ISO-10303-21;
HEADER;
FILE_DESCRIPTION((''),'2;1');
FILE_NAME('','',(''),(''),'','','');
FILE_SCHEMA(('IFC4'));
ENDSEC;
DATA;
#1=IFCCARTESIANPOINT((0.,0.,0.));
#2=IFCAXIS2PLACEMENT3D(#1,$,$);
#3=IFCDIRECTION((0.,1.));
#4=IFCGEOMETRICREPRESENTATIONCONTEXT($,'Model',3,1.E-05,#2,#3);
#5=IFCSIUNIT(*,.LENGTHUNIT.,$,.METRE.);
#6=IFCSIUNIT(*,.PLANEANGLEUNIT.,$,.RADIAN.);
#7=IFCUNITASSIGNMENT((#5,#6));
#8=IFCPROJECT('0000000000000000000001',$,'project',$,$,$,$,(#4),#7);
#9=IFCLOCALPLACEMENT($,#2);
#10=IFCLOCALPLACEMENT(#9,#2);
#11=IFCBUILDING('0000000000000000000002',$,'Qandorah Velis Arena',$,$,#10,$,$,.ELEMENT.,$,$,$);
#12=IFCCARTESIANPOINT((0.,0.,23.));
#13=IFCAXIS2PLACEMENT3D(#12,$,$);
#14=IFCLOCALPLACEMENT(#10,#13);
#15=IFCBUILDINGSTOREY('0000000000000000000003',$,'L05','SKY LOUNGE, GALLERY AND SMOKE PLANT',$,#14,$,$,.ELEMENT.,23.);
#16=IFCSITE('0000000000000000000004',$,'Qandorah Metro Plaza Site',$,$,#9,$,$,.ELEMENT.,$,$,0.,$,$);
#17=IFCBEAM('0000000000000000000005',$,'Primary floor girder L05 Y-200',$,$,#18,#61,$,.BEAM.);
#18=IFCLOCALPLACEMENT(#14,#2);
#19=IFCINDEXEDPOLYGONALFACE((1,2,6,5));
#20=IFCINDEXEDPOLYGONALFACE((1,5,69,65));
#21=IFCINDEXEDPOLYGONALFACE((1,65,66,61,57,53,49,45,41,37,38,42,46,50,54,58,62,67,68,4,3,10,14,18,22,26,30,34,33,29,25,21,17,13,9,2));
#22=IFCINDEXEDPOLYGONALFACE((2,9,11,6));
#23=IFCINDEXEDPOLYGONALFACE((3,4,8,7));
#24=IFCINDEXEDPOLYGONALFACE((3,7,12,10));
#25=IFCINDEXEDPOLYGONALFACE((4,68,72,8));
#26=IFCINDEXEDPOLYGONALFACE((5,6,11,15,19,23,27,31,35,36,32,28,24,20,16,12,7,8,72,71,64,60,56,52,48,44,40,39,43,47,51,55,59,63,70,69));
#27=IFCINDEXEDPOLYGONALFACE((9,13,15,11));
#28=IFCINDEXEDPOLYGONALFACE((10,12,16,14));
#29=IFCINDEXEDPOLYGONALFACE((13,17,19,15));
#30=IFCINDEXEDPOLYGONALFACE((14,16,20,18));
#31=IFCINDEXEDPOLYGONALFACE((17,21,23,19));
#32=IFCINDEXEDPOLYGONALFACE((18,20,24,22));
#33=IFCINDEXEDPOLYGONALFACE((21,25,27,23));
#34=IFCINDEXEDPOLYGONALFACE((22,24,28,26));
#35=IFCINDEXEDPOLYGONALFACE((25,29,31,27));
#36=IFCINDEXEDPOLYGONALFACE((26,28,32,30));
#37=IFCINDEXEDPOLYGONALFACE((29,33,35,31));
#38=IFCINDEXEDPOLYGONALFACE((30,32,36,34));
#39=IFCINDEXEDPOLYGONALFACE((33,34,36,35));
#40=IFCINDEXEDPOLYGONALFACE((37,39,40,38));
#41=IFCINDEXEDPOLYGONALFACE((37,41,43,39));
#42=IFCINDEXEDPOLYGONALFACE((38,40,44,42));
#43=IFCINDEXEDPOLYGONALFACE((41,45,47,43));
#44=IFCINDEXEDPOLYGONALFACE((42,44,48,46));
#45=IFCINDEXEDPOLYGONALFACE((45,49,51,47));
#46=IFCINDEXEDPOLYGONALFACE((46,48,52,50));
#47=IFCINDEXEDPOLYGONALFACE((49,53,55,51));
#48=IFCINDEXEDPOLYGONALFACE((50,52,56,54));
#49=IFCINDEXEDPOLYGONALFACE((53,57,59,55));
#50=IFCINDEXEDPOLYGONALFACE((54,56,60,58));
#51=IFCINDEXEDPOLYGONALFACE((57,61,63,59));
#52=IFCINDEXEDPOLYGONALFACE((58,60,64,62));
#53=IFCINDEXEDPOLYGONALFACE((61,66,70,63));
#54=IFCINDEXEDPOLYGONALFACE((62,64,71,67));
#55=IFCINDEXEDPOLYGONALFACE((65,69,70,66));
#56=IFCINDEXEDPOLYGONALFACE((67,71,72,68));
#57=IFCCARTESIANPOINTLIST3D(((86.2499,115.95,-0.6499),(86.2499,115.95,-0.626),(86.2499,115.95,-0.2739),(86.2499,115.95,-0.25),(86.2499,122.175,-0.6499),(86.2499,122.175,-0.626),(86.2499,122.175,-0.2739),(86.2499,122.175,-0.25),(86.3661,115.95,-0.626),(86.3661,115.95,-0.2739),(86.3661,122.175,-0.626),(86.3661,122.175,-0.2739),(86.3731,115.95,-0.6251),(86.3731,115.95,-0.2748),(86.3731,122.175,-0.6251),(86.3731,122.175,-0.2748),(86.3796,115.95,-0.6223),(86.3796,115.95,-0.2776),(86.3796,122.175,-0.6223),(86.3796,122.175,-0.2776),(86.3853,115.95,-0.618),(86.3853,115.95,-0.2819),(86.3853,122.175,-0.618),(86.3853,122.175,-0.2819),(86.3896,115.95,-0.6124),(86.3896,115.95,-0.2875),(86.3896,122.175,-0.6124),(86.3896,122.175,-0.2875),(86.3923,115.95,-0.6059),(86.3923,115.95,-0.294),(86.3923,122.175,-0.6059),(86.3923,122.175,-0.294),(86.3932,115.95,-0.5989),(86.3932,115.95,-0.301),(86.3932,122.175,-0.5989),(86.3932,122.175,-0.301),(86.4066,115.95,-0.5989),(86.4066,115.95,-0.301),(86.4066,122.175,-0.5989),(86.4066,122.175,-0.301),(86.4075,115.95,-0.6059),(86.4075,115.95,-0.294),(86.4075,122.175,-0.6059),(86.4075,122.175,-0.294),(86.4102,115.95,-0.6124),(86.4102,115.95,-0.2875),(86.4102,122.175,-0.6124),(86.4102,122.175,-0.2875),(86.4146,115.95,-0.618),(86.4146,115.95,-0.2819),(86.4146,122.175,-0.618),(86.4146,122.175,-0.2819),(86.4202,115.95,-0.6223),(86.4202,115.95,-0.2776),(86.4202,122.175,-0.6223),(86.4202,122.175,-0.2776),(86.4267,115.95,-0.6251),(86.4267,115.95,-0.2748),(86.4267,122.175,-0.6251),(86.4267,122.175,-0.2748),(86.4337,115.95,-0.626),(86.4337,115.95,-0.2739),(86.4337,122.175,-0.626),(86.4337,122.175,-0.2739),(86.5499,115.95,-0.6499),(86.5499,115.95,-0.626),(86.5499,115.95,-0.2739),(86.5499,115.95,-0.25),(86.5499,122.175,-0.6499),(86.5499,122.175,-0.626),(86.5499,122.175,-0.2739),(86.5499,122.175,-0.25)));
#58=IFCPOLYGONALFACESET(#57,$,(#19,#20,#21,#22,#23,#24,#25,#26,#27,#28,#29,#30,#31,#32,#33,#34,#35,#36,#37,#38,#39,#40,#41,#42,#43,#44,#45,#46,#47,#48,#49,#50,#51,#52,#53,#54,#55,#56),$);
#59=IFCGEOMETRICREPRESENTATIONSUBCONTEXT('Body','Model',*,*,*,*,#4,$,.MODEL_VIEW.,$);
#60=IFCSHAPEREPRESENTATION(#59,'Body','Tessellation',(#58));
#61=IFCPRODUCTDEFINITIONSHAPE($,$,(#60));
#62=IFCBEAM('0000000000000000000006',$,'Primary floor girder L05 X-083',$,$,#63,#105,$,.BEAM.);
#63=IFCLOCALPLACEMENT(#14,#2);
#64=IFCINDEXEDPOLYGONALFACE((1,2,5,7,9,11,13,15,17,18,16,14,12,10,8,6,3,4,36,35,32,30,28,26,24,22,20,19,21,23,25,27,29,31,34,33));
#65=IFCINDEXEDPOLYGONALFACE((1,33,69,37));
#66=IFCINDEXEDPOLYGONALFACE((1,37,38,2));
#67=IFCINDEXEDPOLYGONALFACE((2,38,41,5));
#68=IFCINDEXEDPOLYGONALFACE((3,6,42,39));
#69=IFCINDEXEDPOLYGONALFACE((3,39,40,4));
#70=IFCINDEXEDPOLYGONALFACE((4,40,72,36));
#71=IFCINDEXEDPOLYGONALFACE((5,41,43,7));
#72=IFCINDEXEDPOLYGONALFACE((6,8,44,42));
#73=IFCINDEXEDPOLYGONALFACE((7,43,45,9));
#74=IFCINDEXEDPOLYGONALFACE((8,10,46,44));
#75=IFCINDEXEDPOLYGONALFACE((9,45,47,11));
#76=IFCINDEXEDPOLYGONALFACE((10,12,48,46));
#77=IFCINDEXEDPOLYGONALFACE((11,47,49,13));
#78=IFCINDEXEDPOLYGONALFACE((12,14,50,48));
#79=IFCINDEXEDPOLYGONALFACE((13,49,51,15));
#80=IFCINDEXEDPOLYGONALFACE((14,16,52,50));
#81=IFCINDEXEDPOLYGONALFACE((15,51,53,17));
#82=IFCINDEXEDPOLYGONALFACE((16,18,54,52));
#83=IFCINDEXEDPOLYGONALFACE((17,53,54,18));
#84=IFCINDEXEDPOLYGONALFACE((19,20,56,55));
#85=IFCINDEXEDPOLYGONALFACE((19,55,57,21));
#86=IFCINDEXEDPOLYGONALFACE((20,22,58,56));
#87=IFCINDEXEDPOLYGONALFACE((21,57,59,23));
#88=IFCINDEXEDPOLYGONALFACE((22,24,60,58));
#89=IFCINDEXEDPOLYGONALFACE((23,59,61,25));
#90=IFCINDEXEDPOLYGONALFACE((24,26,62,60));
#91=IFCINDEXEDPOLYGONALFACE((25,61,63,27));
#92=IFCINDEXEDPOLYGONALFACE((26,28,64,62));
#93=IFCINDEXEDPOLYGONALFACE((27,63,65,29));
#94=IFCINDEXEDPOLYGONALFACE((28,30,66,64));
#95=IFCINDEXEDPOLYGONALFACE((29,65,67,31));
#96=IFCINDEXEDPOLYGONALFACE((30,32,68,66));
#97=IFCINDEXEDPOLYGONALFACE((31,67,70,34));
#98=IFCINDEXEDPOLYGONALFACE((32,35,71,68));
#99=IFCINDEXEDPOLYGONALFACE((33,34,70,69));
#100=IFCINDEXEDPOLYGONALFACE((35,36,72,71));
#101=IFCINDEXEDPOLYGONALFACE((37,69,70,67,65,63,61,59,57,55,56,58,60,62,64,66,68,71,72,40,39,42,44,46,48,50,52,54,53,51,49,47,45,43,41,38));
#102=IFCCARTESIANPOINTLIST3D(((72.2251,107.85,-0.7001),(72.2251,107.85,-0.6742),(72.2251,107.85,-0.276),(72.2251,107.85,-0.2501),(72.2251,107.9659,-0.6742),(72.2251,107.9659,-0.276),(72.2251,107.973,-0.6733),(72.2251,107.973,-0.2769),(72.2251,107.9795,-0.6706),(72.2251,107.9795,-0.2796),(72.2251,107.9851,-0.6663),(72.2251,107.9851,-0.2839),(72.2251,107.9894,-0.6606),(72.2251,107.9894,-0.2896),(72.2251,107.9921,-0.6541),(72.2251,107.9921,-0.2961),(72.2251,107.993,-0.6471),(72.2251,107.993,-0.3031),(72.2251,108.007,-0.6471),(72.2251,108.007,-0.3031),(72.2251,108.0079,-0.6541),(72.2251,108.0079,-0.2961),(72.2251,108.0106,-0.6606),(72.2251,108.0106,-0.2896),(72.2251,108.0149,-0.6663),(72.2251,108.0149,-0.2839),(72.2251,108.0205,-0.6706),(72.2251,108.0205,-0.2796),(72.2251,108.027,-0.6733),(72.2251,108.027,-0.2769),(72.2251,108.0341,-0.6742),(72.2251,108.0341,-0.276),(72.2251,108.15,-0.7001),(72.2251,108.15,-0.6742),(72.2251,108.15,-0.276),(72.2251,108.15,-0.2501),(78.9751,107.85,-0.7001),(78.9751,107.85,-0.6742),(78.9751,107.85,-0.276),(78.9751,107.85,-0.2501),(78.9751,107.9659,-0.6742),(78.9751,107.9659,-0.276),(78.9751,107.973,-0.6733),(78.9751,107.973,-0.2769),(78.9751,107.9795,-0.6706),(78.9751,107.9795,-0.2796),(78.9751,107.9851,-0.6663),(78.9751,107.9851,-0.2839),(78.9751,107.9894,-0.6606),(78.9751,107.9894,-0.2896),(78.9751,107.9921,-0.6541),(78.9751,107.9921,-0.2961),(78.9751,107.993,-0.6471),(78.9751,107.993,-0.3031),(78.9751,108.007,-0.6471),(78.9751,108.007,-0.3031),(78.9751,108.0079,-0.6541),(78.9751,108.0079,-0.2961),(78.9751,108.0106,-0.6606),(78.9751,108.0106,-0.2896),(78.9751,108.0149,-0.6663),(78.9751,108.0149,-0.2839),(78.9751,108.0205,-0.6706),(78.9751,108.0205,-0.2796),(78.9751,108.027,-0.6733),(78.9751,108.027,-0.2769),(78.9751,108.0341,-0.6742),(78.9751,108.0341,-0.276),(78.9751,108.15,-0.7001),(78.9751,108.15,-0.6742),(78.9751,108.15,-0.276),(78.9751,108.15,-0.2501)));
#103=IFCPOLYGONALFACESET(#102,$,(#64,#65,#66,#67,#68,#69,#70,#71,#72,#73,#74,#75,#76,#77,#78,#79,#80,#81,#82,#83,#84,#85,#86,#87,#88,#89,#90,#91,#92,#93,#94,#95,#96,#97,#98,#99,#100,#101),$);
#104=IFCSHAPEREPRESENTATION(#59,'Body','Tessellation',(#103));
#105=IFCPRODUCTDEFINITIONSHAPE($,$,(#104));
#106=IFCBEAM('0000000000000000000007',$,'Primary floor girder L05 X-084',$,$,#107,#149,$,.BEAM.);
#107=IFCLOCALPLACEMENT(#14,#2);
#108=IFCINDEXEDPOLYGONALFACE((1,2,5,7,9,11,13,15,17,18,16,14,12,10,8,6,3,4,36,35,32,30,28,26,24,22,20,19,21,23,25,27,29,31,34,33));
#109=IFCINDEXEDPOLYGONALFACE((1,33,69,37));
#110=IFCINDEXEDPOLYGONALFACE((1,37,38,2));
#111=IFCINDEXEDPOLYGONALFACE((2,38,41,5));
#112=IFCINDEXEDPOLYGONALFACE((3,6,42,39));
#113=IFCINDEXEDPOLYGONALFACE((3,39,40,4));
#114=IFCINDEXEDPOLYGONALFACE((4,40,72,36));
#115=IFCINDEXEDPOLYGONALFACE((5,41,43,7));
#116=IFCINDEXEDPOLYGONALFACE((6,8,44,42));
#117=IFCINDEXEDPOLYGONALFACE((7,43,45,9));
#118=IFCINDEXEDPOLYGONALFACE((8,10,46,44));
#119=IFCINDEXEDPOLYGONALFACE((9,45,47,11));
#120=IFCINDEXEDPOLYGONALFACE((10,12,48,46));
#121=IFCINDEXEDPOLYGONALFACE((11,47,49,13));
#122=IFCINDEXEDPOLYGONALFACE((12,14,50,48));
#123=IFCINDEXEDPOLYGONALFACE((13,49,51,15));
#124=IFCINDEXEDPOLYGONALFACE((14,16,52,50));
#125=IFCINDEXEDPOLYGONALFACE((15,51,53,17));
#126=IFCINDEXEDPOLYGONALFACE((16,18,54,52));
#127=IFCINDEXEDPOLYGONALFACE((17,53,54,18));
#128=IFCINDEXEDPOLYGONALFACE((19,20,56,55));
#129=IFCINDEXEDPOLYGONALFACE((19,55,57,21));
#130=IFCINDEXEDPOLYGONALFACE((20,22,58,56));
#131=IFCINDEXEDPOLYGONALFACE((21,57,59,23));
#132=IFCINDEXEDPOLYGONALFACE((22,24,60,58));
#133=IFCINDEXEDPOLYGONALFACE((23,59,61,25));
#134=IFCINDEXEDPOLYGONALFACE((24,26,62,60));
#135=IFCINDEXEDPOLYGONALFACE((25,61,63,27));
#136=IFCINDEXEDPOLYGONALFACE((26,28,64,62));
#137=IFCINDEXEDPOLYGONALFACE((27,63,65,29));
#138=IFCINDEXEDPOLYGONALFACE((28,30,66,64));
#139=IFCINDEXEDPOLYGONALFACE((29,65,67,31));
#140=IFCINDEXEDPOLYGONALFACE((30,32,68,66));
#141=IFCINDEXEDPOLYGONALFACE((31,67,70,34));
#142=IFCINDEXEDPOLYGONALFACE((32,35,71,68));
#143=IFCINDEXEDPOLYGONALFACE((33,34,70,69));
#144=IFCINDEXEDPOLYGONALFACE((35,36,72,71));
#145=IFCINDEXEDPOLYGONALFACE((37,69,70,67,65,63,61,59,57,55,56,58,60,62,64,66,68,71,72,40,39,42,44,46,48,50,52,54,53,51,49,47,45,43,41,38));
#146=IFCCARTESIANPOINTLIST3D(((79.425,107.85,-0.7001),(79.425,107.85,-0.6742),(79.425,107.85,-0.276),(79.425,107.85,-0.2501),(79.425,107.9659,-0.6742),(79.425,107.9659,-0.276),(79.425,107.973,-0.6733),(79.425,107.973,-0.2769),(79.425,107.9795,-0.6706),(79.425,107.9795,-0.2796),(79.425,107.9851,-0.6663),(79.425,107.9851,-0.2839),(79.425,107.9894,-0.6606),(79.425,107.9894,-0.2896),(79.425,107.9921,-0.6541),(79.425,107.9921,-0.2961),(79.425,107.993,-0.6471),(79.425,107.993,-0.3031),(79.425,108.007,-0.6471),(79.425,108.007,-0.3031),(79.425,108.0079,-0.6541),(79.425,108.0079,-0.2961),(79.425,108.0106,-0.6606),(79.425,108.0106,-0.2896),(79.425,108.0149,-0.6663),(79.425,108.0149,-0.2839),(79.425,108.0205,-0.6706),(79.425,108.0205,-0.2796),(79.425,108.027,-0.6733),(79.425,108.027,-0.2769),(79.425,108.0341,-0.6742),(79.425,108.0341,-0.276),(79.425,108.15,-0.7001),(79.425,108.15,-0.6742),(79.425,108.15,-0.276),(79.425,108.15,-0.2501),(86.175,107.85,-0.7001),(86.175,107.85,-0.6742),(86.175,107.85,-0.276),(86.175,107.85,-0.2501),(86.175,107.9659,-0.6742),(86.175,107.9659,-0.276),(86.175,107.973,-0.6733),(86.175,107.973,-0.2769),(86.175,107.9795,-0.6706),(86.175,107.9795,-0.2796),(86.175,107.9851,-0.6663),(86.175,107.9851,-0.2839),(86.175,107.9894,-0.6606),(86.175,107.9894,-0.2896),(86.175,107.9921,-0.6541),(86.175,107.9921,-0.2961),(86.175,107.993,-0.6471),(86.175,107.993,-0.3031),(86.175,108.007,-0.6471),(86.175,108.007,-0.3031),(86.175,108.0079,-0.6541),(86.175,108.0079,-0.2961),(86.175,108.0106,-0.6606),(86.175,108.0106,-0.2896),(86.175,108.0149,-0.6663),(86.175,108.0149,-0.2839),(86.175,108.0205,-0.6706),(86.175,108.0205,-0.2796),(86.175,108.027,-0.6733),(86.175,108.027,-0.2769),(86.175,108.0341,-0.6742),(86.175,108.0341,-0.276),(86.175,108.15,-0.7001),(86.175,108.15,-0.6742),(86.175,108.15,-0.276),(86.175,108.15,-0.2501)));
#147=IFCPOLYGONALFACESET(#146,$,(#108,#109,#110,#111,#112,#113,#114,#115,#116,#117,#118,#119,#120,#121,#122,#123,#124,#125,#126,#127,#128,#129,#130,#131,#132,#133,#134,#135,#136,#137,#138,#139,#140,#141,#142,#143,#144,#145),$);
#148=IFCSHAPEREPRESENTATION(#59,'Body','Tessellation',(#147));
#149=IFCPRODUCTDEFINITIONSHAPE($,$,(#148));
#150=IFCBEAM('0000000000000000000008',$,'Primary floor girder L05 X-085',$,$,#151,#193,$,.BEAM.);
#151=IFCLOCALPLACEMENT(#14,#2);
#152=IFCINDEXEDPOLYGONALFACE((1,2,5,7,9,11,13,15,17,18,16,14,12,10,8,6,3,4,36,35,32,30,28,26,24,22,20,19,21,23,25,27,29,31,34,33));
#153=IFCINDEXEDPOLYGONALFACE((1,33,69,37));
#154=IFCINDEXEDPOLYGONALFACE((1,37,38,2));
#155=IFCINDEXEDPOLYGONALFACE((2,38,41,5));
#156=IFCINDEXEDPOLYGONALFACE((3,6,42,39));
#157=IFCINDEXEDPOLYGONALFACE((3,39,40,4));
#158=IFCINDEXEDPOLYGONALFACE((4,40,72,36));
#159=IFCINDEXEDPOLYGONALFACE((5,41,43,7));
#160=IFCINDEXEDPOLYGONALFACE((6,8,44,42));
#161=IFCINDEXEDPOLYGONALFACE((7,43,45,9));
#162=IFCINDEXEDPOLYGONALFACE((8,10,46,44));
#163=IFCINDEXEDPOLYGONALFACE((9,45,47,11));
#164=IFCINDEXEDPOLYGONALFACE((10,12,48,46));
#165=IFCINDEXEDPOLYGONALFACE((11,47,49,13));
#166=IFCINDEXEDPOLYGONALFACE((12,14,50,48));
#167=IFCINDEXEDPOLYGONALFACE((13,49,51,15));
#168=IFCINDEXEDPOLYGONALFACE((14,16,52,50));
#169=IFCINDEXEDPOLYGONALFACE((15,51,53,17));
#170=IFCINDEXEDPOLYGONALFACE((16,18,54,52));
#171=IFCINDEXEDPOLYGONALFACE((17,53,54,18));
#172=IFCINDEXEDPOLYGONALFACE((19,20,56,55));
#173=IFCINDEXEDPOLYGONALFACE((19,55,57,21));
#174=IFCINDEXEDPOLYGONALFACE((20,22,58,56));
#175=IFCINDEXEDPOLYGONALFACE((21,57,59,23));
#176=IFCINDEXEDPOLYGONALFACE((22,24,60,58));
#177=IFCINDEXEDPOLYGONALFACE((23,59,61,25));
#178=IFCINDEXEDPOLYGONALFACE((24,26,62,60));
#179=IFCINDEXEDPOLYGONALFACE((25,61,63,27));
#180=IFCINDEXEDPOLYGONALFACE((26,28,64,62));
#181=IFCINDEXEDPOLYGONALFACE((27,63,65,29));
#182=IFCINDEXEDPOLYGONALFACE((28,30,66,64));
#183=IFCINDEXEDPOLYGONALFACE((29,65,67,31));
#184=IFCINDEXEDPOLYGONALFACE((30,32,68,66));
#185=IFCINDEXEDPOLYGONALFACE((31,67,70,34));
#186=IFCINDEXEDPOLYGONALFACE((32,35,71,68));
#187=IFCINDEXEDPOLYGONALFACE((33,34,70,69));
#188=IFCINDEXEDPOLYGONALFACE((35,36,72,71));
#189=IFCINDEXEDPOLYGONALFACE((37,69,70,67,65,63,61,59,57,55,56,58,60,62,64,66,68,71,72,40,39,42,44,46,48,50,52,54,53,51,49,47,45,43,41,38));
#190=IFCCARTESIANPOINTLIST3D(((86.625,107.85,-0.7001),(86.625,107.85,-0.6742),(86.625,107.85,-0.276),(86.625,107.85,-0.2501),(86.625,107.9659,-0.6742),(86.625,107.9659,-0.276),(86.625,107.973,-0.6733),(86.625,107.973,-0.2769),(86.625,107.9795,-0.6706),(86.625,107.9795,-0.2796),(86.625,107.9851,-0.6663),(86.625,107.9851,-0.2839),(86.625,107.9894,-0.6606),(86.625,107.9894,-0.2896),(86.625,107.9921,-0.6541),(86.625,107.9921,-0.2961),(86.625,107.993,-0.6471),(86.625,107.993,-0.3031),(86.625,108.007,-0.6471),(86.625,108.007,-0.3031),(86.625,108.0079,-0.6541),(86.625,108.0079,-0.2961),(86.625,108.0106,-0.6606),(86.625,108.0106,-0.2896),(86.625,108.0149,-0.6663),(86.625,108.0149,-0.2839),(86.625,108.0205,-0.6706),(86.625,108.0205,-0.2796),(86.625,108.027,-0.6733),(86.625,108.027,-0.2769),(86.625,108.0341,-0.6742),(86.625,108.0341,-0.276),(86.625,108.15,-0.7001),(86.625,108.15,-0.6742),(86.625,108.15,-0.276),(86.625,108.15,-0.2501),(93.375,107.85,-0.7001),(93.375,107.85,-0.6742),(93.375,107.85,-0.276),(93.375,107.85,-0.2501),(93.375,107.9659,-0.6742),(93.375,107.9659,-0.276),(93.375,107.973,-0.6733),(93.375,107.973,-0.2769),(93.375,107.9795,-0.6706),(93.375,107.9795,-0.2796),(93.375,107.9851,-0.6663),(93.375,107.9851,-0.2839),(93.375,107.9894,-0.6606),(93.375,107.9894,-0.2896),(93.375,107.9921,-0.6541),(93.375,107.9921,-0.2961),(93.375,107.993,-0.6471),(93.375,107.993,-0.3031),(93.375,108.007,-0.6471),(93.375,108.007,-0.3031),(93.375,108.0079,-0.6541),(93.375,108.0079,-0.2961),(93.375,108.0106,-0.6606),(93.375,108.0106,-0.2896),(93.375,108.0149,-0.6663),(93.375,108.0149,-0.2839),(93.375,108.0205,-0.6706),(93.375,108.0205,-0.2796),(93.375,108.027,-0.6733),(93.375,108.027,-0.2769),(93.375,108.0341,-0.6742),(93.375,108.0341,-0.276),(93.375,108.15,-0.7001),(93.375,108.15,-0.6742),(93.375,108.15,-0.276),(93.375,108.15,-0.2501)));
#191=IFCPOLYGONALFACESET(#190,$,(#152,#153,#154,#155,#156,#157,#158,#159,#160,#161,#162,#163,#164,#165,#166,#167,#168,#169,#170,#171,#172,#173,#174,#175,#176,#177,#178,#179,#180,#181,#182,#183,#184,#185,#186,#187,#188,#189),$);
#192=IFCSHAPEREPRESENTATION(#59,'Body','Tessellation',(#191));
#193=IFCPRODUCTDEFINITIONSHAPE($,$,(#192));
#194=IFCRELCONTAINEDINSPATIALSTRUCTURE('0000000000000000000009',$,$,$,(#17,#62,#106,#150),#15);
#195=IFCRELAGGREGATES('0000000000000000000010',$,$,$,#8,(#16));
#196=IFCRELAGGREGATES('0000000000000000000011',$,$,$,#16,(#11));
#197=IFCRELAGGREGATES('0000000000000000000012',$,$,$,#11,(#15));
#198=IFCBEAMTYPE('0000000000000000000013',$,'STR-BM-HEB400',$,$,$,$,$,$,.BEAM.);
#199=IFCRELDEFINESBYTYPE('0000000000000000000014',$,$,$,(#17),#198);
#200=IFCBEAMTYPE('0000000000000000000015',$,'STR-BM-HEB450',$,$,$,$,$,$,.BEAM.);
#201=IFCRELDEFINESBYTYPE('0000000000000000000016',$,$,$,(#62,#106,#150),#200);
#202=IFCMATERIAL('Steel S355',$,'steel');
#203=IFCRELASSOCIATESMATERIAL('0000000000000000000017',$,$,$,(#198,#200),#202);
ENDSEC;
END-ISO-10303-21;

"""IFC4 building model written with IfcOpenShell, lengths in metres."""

from ifc_helpers import new_model, si_unit, direction, frame, origin, origin_2d, place, context, subcontext, project, spatial, i_section, extrude, material, material_profile, profile_set, type_object, element, save


model = new_model("IFC4")

# Units and contexts
model_context = context("Model", 3, precision=1e-05, world=origin(), true_north=direction((0.0, 1.0)))
body_context = subcontext(model_context, "Body", "Model", "MODEL_VIEW")
ifc_project = project(units=[si_unit("LENGTHUNIT", "METRE"), si_unit("PLANEANGLEUNIT", "RADIAN")], contexts=[model_context])

# Site, building, storey
site_placement = place(None, origin())
site = spatial("IfcSite", under=ifc_project, at=site_placement, Name="Qandorah Metro Plaza Site", CompositionType="ELEMENT", RefElevation=0.0)
building_placement = place(site_placement, origin())
building = spatial("IfcBuilding", under=site, at=building_placement, Name="Qandorah Velis Arena", CompositionType="ELEMENT")
storey_placement = place(building_placement, frame((0.0, 0.0, 23.0)))
storey = spatial("IfcBuildingStorey", under=building, at=storey_placement, Name="L05", Description="SKY LOUNGE, GALLERY AND SMOKE PLANT", CompositionType="ELEMENT", Elevation=23.0)

# Beams
ifc_material_1 = material(Name="Steel S355", Category="steel")
ifc_material_profile_1 = material_profile(ifc_material_1, i_section(OverallWidth=0.3, OverallDepth=0.3999, WebThickness=0.0134, FlangeThickness=0.0239, FilletRadius=0.0271, at=origin_2d()), Name="HEB 400")
ifc_profile_set_1 = profile_set([ifc_material_profile_1], Name="Steel S355")
beam_type_1 = type_object("IfcBeamType", Name="STR-BM-HEB400", PredefinedType="BEAM", material=ifc_profile_set_1)
beam_1_placement = place(storey_placement, frame((86.3999, 115.95, -0.45), z_axis=(0.0, 1.0, 0.0), x_axis=(-1.0, 0.0, 0.0)))
element("IfcBeam", 1, at=beam_1_placement, inside=storey, type_object=beam_type_1, Name="Primary floor girder L05 Y-200", PredefinedType="BEAM", context=body_context, shape_type="SweptSolid", body=[
    extrude(i_section(OverallWidth=0.3, OverallDepth=0.3999, WebThickness=0.0134, FlangeThickness=0.0239, FilletRadius=0.0271, at=origin_2d()), origin(), (0.0, 0.0, 1.0), 6.2251),
])
ifc_material_profile_2 = material_profile(ifc_material_1, i_section(OverallWidth=0.3, OverallDepth=0.45, WebThickness=0.0139, FlangeThickness=0.0259, FilletRadius=0.0271, at=origin_2d()), Name="HEB 450")
ifc_profile_set_2 = profile_set([ifc_material_profile_2], Name="Steel S355")
beam_type_2 = type_object("IfcBeamType", Name="STR-BM-HEB450", PredefinedType="BEAM", material=ifc_profile_set_2)
for number, where, z_axis, x_axis, name in (
    (2, (72.2251, 108.0, -0.4751), (1.0, 0.0, 0.0), (0.0, 1.0, 0.0), "Primary floor girder L05 X-083"),
    (3, (79.425, 108.0, -0.4751), (1.0, 0.0, 0.0), (0.0, 1.0, 0.0), "Primary floor girder L05 X-084"),
    (4, (86.625, 108.0, -0.4751), (1.0, 0.0, 0.0), (0.0, 1.0, 0.0), "Primary floor girder L05 X-085"),
):
    element("IfcBeam", number, at=place(storey_placement, frame(where, z_axis=z_axis, x_axis=x_axis)), inside=storey, type_object=beam_type_2, Name=name, PredefinedType="BEAM", context=body_context, shape_type="SweptSolid", body=[
        extrude(i_section(OverallWidth=0.3, OverallDepth=0.45, WebThickness=0.0139, FlangeThickness=0.0259, FilletRadius=0.0271, at=origin_2d()), origin(), (0.0, 0.0, 1.0), 6.75),
    ])

save(model, "model.ifc")
